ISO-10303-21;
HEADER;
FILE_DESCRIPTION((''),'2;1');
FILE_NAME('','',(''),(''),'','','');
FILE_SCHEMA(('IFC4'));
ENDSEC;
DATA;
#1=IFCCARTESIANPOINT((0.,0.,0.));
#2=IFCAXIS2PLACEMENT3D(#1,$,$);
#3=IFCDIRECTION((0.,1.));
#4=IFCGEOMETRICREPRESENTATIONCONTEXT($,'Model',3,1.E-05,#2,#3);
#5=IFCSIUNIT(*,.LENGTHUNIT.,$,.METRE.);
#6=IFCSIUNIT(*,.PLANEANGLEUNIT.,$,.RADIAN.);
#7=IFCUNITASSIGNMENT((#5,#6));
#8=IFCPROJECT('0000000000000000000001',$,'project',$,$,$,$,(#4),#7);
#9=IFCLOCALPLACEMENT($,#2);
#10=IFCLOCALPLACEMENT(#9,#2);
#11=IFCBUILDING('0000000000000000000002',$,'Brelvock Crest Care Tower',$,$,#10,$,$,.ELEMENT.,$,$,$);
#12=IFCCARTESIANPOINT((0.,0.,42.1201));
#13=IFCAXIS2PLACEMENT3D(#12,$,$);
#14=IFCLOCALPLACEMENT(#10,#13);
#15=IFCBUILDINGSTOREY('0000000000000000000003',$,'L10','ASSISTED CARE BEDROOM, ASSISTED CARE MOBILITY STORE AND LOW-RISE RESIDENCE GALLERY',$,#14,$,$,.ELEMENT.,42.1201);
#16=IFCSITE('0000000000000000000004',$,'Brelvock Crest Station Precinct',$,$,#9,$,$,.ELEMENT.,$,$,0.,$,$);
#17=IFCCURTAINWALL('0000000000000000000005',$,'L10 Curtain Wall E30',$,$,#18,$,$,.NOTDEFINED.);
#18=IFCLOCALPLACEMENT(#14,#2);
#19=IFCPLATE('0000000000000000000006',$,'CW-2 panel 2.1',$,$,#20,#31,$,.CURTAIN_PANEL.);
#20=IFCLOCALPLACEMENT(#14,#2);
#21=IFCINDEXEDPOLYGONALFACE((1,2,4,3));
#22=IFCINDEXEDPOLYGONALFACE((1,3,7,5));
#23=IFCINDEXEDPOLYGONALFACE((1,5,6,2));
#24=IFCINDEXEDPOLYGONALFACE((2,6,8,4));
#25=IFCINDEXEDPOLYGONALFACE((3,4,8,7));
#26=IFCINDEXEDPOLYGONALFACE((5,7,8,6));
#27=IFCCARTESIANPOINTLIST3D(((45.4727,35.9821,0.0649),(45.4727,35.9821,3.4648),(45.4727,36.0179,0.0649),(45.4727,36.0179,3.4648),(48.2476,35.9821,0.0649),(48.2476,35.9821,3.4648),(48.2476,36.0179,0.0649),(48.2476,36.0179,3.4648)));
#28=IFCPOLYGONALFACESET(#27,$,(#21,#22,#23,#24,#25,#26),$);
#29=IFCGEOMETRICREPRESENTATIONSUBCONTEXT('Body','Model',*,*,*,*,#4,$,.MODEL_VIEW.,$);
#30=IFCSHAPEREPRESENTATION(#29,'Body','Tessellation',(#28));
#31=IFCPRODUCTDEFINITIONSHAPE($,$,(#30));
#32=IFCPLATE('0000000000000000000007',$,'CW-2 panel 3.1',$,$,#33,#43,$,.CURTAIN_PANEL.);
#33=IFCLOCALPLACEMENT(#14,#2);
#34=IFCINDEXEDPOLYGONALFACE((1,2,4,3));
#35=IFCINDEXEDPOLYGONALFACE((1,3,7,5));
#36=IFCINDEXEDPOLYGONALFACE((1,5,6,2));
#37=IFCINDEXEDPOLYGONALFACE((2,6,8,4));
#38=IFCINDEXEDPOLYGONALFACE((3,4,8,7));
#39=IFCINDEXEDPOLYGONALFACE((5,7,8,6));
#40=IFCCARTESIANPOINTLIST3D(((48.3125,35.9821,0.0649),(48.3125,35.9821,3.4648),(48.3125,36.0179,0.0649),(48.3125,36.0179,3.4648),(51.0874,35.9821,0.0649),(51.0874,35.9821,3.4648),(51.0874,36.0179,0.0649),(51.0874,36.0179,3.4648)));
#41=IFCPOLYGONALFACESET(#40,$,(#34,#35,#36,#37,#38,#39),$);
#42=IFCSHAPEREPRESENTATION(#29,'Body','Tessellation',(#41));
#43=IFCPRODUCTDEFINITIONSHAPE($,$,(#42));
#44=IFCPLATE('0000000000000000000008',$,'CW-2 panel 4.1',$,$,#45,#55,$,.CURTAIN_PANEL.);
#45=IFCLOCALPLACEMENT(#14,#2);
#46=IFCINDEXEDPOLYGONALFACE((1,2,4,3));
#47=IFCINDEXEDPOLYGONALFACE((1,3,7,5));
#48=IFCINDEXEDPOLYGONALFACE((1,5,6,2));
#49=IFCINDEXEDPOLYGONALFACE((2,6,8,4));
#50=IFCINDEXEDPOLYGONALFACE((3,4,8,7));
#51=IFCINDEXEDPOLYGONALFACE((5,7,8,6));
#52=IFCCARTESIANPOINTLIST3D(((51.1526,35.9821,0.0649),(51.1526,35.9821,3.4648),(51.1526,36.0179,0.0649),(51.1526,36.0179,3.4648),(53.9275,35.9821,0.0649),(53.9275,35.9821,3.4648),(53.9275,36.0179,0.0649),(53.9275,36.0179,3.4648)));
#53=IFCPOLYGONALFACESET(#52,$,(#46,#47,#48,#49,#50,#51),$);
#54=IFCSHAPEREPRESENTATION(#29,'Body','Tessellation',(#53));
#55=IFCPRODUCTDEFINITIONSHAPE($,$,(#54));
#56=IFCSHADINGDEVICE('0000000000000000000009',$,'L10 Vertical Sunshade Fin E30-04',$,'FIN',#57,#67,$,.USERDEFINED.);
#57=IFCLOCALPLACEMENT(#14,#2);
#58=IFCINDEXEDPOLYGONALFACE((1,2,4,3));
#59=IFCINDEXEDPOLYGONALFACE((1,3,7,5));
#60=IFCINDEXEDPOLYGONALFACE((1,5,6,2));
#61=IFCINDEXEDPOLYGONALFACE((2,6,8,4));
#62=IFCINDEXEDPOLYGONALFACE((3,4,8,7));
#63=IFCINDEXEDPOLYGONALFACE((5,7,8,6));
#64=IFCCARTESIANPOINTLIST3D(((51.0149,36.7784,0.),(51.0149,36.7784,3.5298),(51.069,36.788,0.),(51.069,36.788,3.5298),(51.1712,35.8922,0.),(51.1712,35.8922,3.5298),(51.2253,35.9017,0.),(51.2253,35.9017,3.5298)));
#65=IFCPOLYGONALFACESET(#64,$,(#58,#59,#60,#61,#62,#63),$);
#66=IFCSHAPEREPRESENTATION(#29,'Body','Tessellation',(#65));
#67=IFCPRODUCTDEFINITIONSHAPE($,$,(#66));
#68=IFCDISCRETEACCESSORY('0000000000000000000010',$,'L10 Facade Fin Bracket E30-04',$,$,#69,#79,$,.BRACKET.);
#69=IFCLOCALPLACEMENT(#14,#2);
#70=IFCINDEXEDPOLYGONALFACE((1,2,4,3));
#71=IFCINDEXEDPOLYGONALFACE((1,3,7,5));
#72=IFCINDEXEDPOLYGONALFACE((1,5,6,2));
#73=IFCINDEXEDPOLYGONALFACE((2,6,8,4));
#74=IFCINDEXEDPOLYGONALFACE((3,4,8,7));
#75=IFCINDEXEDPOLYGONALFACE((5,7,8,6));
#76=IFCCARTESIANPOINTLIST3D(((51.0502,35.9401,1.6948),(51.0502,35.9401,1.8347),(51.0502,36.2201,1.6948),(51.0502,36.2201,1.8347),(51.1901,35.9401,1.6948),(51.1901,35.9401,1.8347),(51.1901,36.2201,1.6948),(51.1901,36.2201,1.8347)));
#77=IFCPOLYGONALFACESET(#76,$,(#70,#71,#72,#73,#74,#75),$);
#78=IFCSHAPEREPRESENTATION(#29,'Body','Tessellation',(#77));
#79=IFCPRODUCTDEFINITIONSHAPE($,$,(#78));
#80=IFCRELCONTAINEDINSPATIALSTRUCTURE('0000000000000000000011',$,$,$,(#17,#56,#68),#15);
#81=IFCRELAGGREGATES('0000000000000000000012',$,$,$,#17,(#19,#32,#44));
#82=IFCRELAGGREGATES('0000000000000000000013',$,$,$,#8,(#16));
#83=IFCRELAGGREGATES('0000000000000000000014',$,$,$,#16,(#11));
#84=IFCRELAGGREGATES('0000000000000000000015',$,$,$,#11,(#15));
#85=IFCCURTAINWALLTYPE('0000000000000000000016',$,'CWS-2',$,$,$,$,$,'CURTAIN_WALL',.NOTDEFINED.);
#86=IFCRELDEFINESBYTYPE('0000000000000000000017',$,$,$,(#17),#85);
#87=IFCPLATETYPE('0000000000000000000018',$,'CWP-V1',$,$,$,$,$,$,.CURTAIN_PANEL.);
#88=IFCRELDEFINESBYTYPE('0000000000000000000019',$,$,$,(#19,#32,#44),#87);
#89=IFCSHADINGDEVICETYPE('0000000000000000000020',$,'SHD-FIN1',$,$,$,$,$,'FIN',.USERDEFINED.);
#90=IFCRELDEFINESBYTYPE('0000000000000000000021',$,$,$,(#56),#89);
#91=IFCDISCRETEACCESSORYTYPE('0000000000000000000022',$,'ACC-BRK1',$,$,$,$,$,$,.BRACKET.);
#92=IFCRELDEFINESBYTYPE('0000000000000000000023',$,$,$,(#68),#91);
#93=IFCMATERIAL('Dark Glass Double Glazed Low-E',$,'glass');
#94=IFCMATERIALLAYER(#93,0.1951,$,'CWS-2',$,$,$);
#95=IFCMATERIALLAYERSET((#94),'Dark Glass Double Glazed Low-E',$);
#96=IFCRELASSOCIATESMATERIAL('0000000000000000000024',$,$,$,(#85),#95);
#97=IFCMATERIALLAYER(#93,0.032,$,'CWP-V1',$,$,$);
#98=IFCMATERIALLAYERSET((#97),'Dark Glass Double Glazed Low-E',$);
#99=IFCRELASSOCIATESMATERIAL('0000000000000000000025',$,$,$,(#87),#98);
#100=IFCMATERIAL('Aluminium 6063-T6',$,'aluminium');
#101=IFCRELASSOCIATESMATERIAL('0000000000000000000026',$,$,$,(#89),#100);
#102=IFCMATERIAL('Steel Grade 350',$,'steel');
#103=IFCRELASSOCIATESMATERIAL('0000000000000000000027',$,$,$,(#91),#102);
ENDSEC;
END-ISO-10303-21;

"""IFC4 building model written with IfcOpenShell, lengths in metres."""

from ifc_helpers import new_model, si_unit, direction, frame, origin, origin_2d, place, context, subcontext, project, spatial, rectangle, extrude, source, transform, mapped, material, layer, layer_set, material_profile, profile_set, type_object, element, aggregate, save


model = new_model("IFC4")

# Units and contexts
model_context = context("Model", 3, precision=1e-05, world=origin(), true_north=direction((0.0, 1.0)))
body_context = subcontext(model_context, "Body", "Model", "MODEL_VIEW")
ifc_project = project(units=[si_unit("LENGTHUNIT", "METRE"), si_unit("PLANEANGLEUNIT", "RADIAN")], contexts=[model_context])

# Site, building, storey
site_placement = place(None, origin())
site = spatial("IfcSite", under=ifc_project, at=site_placement, Name="Brelvock Crest Station Precinct", CompositionType="ELEMENT", RefElevation=0.0)
building_placement = place(site_placement, origin())
building = spatial("IfcBuilding", under=site, at=building_placement, Name="Brelvock Crest Care Tower", CompositionType="ELEMENT")
storey_placement = place(building_placement, frame((0.0, 0.0, 42.1201)))
storey = spatial("IfcBuildingStorey", under=building, at=storey_placement, Name="L10", Description="ASSISTED CARE BEDROOM, ASSISTED CARE MOBILITY STORE AND LOW-RISE RESIDENCE GALLERY", CompositionType="ELEMENT", Elevation=42.1201)

# Curtain wall, plates
ifc_material_1 = material(Name="Dark Glass Double Glazed Low-E", Category="glass")
ifc_layer_1 = layer(ifc_material_1, 0.1951, Name="CWS-2")
ifc_layer_set_1 = layer_set([ifc_layer_1], Name="Dark Glass Double Glazed Low-E")
curtain_wall_type = type_object("IfcCurtainWallType", Name="CWS-2", ElementType="CURTAIN_WALL", PredefinedType="NOTDEFINED", material=ifc_layer_set_1)
curtain_wall_placement = place(storey_placement, origin())
curtain_wall = element("IfcCurtainWall", 1, at=curtain_wall_placement, inside=storey, type_object=curtain_wall_type, Name="L10 Curtain Wall E30", PredefinedType="NOTDEFINED")
ifc_material_2 = material(Name="Aluminium 6063-T6", Category="aluminium")
ifc_layer_2 = layer(ifc_material_1, 0.032, Name="CWP-V1")
ifc_layer_set_2 = layer_set([ifc_layer_2], Name="Dark Glass Double Glazed Low-E")
plate_type = type_object("IfcPlateType", Name="CWP-V1", PredefinedType="CURTAIN_PANEL", material=ifc_layer_set_2)
shared_shape_1 = source(origin(), body_context, "Body", "SweptSolid", [
    extrude(rectangle(XDim=2.7749, YDim=0.0359, at=origin_2d()), origin(), (0.0, 0.0, 1.0), 3.3999),
])
plate_1_placement = place(storey_placement, frame((46.8601, 36.0, 0.0649), z_axis=(0.0, 0.0, 1.0), x_axis=(1.0, 0.0, 0.0)))
plate_1 = element("IfcPlate", 2, at=plate_1_placement, type_object=plate_type, Name="CW-2 panel 2.1", PredefinedType="CURTAIN_PANEL", context=body_context, shape_type="MappedRepresentation", body=[
    mapped(shared_shape_1, transform((0.0, 0.0, 0.0), x_axis=(1.0, 0.0, 0.0), y_axis=(0.0, 1.0, 0.0), z_axis=(0.0, 0.0, 1.0), scale=1.0)),
])
plate_2_placement = place(storey_placement, frame((49.7, 36.0, 0.0649), z_axis=(0.0, 0.0, 1.0), x_axis=(1.0, 0.0, 0.0)))
plate_2 = element("IfcPlate", 3, at=plate_2_placement, type_object=plate_type, Name="CW-2 panel 3.1", PredefinedType="CURTAIN_PANEL", context=body_context, shape_type="MappedRepresentation", body=[
    mapped(shared_shape_1, transform((0.0, 0.0, 0.0), x_axis=(1.0, 0.0, 0.0), y_axis=(0.0, 1.0, 0.0), z_axis=(0.0, 0.0, 1.0), scale=1.0)),
])
plate_3_placement = place(storey_placement, frame((52.54, 36.0, 0.0649), z_axis=(0.0, 0.0, 1.0), x_axis=(1.0, 0.0, 0.0)))
plate_3 = element("IfcPlate", 4, at=plate_3_placement, type_object=plate_type, Name="CW-2 panel 4.1", PredefinedType="CURTAIN_PANEL", context=body_context, shape_type="MappedRepresentation", body=[
    mapped(shared_shape_1, transform((0.0, 0.0, 0.0), x_axis=(1.0, 0.0, 0.0), y_axis=(0.0, 1.0, 0.0), z_axis=(0.0, 0.0, 1.0), scale=1.0)),
])
aggregate(curtain_wall, [plate_1, plate_2, plate_3])

# Shading device
ifc_material_profile_1 = material_profile(ifc_material_2, rectangle(XDim=0.0549, YDim=0.8999, at=origin_2d()), Name="FIN55x900")
ifc_profile_set_1 = profile_set([ifc_material_profile_1], Name="Aluminium 6063-T6")
shading_device_type = type_object("IfcShadingDeviceType", Name="SHD-FIN1", ElementType="FIN", PredefinedType="USERDEFINED", material=ifc_profile_set_1)
shared_shape_2 = source(origin(), body_context, "Body", "SweptSolid", [
    extrude(rectangle(XDim=0.0549, YDim=0.8999, at=origin_2d()), origin(), (0.0, 0.0, 1.0), 3.5298),
])
shading_device_placement = place(storey_placement, frame((51.1201, 36.3401, 0.0), z_axis=(0.0, 0.0, 1.0), x_axis=(0.984808, 0.173648, 0.0)))
element("IfcShadingDevice", 5, at=shading_device_placement, inside=storey, type_object=shading_device_type, Name="L10 Vertical Sunshade Fin E30-04", ObjectType="FIN", PredefinedType="USERDEFINED", context=body_context, shape_type="MappedRepresentation", body=[
    mapped(shared_shape_2, transform((0.0, 0.0, 0.0), x_axis=(1.0, 0.0, 0.0), y_axis=(0.0, 1.0, 0.0), z_axis=(0.0, 0.0, 1.0), scale=1.0)),
])

# Discrete accessory
ifc_material_3 = material(Name="Steel Grade 350", Category="steel")
discrete_accessory_type = type_object("IfcDiscreteAccessoryType", Name="ACC-BRK1", PredefinedType="BRACKET", material=ifc_material_3)
shared_shape_3 = source(origin(), body_context, "Body", "SweptSolid", [
    extrude(rectangle(XDim=0.28, YDim=0.1399, at=origin_2d()), origin(), (0.0, 0.0, 1.0), 0.1399),
])
discrete_accessory_placement = place(storey_placement, frame((51.1201, 36.0801, 1.6948), z_axis=(0.0, 0.0, 1.0), x_axis=(0.0, 1.0, 0.0)))
element("IfcDiscreteAccessory", 6, at=discrete_accessory_placement, inside=storey, type_object=discrete_accessory_type, Name="L10 Facade Fin Bracket E30-04", PredefinedType="BRACKET", context=body_context, shape_type="MappedRepresentation", body=[
    mapped(shared_shape_3, transform((0.0, 0.0, 0.0), x_axis=(1.0, 0.0, 0.0), y_axis=(0.0, 1.0, 0.0), z_axis=(0.0, 0.0, 1.0), scale=1.0)),
])

save(model, "model.ifc")
